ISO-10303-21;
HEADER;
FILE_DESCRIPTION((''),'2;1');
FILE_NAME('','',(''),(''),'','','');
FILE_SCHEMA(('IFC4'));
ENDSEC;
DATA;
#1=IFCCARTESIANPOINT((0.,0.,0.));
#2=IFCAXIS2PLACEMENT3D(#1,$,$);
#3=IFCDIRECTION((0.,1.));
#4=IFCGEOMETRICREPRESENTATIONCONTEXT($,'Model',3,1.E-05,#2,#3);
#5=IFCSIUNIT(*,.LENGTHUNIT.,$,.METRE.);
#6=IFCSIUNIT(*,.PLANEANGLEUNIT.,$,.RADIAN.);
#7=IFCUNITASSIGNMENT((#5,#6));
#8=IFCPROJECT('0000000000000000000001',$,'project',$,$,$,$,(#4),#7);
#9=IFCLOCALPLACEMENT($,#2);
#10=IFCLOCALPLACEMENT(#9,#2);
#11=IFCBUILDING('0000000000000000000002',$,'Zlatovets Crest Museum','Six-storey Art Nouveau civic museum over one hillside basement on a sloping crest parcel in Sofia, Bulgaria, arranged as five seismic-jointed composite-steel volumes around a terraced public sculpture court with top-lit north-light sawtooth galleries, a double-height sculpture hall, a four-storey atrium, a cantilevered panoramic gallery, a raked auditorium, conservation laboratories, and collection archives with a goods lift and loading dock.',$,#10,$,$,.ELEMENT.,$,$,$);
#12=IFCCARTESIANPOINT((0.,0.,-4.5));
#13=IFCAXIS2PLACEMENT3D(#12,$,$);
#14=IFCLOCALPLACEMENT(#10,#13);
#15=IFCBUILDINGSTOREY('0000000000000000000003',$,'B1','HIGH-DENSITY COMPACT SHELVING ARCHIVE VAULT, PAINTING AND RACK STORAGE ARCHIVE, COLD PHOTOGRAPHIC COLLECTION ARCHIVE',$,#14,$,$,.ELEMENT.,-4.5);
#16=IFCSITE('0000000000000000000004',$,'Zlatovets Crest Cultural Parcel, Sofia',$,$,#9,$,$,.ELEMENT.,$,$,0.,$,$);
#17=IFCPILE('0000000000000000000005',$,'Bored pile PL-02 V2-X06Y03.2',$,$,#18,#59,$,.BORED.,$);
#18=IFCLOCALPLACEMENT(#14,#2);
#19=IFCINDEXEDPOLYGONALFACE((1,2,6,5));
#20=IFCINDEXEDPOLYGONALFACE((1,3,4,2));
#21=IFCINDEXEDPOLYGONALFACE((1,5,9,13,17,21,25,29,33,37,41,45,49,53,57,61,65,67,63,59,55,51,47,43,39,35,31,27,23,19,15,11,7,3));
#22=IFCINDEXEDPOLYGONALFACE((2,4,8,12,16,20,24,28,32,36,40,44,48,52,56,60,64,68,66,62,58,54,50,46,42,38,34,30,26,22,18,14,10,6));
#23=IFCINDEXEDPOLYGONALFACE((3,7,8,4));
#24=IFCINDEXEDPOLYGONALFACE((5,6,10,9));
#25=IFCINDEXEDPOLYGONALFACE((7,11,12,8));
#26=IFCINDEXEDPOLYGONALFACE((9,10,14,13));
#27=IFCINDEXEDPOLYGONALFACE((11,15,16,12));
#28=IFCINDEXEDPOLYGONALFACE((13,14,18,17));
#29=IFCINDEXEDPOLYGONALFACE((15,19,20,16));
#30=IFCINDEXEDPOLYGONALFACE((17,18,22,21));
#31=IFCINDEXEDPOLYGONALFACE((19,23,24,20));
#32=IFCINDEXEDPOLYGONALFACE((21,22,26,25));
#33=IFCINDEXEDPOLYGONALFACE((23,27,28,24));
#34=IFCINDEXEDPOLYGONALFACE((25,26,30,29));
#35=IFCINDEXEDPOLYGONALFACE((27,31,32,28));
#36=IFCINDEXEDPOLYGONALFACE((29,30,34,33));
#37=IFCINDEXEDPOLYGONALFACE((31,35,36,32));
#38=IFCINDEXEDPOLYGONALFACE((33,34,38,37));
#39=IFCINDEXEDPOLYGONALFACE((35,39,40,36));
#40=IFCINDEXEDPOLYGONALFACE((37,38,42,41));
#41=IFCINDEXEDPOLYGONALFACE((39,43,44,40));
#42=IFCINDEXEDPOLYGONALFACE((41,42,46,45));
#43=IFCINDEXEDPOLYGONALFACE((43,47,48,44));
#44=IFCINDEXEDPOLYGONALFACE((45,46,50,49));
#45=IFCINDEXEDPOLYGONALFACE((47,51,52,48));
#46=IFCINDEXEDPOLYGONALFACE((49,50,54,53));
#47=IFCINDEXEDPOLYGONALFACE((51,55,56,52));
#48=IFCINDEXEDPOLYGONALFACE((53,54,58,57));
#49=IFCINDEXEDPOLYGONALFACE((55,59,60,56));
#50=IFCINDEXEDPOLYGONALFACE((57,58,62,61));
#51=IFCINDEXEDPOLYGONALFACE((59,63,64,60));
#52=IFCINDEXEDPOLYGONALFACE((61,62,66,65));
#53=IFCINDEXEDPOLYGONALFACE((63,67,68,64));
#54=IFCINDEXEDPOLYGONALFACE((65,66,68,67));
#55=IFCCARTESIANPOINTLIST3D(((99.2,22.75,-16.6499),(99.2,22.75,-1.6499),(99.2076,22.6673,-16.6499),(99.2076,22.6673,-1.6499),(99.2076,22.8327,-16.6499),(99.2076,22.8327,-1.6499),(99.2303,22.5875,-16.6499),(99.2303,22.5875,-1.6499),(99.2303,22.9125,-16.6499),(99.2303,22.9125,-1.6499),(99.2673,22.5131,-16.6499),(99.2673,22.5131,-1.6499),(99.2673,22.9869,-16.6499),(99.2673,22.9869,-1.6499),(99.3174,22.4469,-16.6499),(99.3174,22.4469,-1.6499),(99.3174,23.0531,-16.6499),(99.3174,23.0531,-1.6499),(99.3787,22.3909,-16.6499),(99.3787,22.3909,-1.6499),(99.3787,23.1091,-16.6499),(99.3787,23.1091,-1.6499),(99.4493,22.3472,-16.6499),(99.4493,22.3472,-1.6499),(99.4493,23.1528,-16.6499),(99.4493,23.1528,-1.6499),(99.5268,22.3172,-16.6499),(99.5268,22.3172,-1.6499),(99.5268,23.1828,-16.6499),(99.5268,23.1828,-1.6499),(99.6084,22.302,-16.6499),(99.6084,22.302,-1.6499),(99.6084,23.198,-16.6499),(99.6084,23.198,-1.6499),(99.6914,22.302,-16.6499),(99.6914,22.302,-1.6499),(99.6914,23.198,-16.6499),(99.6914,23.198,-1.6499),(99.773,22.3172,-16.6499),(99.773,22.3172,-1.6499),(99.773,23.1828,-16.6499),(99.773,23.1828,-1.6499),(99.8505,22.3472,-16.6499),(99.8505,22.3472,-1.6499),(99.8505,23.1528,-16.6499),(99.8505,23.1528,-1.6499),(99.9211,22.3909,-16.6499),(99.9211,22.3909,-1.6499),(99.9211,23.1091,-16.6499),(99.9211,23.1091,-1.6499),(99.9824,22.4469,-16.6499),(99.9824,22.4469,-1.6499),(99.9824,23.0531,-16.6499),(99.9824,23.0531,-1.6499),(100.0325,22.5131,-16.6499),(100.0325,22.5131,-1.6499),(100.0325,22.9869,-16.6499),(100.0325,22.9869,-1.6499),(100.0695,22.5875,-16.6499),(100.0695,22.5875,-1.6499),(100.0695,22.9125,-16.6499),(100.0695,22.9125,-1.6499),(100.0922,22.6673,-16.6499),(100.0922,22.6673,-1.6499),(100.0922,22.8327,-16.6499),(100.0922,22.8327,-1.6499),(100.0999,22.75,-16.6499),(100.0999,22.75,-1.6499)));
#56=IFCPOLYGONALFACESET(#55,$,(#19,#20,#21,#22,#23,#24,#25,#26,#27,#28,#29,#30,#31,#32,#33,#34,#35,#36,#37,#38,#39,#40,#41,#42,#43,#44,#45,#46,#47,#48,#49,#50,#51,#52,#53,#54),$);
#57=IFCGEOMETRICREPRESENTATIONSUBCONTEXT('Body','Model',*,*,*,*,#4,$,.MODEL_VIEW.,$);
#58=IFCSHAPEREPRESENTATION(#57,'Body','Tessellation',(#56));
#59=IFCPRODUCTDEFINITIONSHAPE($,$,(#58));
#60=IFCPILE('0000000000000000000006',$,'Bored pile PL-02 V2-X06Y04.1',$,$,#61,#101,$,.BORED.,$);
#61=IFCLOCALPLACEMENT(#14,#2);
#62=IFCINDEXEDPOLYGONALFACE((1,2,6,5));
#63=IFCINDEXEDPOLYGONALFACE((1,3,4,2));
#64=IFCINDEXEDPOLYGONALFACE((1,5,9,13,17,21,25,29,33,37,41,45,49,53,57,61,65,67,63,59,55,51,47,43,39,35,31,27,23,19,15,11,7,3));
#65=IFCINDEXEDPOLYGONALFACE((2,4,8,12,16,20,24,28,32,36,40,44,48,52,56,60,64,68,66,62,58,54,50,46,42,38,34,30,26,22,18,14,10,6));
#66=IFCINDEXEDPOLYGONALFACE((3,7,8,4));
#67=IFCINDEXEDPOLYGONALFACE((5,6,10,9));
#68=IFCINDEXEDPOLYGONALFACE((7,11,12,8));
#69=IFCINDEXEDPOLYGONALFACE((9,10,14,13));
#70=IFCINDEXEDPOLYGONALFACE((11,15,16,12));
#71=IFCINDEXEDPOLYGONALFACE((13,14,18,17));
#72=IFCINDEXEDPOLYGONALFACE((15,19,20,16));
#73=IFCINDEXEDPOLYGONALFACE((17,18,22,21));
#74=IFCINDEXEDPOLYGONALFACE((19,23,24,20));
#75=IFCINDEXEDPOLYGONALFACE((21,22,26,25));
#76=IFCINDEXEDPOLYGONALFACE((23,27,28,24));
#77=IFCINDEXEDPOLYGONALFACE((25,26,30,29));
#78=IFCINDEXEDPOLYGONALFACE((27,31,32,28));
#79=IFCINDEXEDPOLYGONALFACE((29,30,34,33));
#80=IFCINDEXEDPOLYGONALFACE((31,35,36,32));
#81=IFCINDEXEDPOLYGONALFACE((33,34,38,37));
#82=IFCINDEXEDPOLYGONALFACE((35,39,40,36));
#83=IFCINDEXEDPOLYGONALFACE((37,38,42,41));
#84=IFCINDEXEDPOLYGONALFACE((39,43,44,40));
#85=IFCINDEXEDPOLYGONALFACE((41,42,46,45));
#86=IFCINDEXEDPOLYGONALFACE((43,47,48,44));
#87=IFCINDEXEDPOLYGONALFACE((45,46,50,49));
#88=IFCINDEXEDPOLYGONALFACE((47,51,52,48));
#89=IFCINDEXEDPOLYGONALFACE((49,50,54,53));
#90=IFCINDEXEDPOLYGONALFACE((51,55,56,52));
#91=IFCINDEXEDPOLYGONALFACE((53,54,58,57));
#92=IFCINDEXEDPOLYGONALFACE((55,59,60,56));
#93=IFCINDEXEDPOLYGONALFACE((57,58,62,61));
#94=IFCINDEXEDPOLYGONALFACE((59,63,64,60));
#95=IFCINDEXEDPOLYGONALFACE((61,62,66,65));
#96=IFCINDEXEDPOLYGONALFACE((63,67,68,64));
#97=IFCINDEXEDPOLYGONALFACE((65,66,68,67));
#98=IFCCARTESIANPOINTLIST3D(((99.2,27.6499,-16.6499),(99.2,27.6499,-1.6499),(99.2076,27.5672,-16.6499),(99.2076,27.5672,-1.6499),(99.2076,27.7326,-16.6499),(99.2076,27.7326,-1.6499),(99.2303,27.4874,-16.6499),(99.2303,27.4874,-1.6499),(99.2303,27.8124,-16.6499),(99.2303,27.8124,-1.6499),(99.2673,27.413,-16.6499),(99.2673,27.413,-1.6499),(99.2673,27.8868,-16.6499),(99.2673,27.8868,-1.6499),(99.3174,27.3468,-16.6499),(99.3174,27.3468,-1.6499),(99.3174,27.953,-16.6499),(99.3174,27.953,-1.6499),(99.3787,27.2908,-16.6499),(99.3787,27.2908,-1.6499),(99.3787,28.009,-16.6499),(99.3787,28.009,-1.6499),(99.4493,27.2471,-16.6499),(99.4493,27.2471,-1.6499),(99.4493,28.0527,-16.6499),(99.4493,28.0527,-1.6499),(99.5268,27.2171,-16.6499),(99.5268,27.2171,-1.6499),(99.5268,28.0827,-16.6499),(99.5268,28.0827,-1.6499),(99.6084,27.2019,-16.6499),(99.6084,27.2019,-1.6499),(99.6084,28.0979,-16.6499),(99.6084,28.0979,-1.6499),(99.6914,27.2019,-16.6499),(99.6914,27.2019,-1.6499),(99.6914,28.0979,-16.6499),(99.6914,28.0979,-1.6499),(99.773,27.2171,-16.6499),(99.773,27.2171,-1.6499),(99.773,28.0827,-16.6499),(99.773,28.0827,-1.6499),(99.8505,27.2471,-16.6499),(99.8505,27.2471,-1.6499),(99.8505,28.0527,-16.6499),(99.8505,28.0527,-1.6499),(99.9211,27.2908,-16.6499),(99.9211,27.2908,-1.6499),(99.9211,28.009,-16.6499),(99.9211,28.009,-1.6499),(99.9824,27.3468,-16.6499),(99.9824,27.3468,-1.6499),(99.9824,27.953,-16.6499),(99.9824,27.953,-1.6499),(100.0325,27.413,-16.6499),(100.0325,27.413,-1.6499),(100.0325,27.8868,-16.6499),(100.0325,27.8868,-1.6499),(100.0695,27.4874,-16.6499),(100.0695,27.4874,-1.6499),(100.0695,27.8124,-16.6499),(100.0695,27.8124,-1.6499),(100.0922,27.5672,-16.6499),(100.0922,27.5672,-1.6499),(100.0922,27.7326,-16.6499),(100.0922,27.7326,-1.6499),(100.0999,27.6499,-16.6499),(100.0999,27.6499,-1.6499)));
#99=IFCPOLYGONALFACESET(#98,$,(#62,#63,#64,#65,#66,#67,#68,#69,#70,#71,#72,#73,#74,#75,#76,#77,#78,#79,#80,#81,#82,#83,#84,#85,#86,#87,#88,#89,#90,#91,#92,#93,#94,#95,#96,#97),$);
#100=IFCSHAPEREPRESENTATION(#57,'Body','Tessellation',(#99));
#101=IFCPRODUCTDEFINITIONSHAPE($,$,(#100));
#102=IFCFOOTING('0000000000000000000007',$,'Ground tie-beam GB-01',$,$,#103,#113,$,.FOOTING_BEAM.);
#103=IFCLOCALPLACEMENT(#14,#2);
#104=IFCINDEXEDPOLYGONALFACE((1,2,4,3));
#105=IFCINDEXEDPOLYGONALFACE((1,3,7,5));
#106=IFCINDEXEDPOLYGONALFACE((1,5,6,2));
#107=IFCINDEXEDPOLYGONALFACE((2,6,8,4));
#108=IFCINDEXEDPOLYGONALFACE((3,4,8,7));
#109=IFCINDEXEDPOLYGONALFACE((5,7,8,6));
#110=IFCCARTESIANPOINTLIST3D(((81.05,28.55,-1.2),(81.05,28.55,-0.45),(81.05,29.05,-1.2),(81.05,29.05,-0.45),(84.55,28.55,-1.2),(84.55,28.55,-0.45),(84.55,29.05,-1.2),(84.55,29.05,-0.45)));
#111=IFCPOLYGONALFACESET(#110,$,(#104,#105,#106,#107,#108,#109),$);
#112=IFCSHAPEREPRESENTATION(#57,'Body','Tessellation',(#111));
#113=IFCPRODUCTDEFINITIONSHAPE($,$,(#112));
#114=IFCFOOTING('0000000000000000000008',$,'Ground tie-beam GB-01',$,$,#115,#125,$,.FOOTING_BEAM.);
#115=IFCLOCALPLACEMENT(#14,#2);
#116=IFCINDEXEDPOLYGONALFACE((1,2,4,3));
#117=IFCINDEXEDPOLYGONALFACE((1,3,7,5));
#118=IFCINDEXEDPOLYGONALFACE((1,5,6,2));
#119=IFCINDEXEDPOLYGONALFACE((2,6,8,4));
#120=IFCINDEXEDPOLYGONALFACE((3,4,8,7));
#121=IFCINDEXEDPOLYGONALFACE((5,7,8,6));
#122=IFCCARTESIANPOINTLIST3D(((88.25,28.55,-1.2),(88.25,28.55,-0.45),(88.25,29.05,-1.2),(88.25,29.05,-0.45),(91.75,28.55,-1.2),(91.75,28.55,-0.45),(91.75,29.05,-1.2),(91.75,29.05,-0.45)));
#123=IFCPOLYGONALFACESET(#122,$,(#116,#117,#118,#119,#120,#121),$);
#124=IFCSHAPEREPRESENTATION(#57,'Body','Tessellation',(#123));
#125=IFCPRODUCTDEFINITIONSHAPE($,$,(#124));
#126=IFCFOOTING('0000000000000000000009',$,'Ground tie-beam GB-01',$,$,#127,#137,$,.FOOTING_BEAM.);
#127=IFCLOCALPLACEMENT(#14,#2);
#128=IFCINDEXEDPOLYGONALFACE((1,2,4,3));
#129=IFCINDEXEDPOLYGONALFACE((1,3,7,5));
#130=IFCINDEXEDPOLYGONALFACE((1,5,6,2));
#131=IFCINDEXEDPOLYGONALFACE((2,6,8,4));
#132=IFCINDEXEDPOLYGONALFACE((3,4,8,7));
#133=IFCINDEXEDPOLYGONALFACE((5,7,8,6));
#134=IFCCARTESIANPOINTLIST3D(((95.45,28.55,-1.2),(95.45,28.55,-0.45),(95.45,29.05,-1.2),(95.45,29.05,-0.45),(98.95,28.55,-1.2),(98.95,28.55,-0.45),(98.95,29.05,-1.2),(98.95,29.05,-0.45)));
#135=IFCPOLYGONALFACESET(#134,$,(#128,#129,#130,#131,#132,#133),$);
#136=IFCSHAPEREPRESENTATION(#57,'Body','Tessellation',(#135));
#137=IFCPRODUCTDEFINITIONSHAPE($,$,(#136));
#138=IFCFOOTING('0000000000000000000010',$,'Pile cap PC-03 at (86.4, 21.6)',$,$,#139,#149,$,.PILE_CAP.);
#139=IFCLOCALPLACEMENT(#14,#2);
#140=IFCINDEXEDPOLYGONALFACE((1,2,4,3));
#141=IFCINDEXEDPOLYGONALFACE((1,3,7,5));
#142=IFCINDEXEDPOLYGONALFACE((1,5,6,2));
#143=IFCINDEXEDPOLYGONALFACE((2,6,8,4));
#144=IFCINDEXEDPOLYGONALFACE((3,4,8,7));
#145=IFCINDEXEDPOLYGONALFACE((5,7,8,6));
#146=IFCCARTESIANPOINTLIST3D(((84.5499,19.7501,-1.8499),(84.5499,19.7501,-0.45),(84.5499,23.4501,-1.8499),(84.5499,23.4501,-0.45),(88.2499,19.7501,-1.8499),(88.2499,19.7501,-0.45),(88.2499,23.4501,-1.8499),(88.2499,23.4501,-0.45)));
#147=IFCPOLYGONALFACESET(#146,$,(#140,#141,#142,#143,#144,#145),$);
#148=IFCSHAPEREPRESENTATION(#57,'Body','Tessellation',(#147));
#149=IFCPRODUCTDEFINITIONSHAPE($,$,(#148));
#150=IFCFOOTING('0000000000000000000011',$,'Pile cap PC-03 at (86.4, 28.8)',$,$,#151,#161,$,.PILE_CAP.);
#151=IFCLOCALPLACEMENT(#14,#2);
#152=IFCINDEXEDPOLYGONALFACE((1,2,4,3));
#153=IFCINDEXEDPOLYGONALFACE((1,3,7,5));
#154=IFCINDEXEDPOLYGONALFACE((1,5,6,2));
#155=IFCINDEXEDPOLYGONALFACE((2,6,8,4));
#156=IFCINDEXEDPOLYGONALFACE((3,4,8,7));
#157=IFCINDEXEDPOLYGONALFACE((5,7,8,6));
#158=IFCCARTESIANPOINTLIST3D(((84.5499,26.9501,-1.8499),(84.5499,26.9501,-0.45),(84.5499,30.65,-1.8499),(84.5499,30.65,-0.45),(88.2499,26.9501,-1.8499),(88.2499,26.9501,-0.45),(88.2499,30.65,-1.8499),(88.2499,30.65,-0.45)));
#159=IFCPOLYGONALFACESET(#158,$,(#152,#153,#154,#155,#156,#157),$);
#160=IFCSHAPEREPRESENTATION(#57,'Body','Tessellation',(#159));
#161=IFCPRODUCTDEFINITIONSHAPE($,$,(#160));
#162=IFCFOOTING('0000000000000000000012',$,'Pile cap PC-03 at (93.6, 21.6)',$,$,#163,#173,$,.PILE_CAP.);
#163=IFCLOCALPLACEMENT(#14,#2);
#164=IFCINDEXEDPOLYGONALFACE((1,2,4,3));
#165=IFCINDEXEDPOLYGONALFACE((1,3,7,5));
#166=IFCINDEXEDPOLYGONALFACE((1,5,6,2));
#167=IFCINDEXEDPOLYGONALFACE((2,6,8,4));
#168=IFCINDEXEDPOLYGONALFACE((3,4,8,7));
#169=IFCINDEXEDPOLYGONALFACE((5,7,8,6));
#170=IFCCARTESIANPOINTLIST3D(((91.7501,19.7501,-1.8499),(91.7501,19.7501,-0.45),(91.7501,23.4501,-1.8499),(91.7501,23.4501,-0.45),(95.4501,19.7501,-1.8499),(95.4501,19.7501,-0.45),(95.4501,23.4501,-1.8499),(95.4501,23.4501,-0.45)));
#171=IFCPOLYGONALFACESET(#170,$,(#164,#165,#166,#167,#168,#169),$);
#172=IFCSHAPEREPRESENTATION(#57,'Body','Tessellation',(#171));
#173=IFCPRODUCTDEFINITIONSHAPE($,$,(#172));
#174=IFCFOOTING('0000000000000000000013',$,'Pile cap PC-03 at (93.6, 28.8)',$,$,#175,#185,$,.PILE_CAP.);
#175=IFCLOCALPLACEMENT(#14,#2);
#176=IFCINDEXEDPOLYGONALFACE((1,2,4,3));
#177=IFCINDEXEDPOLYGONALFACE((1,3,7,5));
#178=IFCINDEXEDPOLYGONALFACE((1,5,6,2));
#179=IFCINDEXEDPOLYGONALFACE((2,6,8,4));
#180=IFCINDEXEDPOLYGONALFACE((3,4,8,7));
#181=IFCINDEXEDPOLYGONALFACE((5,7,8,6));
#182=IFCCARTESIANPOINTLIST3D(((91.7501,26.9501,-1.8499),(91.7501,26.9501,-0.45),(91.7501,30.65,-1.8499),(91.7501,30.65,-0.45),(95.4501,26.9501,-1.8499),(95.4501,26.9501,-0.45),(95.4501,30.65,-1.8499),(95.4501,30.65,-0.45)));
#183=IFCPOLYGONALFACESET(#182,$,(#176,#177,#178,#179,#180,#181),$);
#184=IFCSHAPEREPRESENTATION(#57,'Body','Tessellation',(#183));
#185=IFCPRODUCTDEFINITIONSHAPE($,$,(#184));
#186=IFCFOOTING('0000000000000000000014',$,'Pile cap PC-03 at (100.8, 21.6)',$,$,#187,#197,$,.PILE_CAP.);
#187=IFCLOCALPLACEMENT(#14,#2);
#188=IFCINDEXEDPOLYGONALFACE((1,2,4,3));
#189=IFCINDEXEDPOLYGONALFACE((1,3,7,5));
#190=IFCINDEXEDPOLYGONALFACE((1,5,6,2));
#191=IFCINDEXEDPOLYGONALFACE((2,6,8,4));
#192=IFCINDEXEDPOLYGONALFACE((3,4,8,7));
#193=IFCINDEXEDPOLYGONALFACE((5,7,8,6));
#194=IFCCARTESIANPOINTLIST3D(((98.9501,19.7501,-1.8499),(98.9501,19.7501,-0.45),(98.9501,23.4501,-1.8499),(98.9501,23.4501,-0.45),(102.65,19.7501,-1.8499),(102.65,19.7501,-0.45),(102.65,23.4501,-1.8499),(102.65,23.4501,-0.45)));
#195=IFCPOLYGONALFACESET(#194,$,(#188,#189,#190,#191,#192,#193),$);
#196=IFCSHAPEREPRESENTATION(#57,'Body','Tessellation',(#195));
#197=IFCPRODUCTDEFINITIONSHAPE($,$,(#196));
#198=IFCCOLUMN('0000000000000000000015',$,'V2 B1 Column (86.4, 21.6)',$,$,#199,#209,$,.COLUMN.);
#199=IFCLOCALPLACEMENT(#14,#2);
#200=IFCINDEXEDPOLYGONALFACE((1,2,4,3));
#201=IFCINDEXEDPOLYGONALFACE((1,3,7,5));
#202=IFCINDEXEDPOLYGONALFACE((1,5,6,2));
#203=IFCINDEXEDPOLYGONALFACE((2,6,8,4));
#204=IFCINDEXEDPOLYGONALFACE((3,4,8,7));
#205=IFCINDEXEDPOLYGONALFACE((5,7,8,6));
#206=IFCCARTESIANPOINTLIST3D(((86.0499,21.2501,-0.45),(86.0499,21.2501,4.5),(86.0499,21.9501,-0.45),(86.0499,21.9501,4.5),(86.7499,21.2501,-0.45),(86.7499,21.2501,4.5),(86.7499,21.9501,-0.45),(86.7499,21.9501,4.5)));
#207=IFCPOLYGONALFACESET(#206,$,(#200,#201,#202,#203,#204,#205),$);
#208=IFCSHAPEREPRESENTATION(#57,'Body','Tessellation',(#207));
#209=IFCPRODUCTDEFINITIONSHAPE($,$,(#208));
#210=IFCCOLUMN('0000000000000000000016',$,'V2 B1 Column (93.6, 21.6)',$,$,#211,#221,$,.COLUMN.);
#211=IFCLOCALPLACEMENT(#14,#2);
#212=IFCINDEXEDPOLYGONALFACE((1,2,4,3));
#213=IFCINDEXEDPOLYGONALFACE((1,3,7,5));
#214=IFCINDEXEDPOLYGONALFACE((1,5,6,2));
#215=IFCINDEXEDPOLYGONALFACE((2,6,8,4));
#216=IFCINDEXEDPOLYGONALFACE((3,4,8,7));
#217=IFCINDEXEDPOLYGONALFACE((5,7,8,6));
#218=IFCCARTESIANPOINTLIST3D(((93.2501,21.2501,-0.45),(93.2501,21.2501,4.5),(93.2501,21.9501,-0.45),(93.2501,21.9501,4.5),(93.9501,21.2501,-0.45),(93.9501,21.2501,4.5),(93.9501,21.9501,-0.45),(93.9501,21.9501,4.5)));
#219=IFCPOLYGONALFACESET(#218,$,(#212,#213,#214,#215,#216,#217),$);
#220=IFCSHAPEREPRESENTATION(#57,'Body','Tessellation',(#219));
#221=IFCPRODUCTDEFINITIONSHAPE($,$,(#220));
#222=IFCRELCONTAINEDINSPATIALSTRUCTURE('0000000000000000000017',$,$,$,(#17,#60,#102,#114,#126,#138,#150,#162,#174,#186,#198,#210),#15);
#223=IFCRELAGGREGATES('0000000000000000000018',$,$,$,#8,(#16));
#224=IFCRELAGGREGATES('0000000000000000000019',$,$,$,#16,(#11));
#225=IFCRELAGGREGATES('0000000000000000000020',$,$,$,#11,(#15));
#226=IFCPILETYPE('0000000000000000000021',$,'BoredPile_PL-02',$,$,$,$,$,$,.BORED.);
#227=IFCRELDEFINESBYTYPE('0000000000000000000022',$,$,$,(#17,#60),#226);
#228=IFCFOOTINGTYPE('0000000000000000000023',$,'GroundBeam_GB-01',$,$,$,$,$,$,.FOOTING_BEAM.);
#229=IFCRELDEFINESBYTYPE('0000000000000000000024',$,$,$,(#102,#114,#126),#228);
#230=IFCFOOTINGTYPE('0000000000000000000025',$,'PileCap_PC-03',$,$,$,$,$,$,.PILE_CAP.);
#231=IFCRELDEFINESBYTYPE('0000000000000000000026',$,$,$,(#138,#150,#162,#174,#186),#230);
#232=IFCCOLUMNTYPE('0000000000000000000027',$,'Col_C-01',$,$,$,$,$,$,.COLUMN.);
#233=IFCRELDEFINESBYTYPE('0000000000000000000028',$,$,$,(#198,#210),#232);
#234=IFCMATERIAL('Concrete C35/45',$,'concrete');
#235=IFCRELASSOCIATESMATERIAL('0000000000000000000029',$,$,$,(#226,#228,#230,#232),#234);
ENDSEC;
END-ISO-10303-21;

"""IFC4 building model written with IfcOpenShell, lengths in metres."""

from ifc_helpers import new_model, si_unit, direction, frame, origin, origin_2d, place, context, subcontext, project, spatial, rectangle, circle, extrude, material, material_profile, profile_set, type_object, element, save


model = new_model("IFC4")

# Units and contexts
model_context = context("Model", 3, precision=1e-05, world=origin(), true_north=direction((0.0, 1.0)))
body_context = subcontext(model_context, "Body", "Model", "MODEL_VIEW")
ifc_project = project(units=[si_unit("LENGTHUNIT", "METRE"), si_unit("PLANEANGLEUNIT", "RADIAN")], contexts=[model_context])

# Site, building, storey
site_placement = place(None, origin())
site = spatial("IfcSite", under=ifc_project, at=site_placement, Name="Zlatovets Crest Cultural Parcel, Sofia", CompositionType="ELEMENT", RefElevation=0.0)
building_placement = place(site_placement, origin())
building = spatial("IfcBuilding", under=site, at=building_placement, Name="Zlatovets Crest Museum", Description="Six-storey Art Nouveau civic museum over one hillside basement on a sloping crest parcel in Sofia, Bulgaria, arranged as five seismic-jointed composite-steel volumes around a terraced public sculpture court with top-lit north-light sawtooth galleries, a double-height sculpture hall, a four-storey atrium, a cantilevered panoramic gallery, a raked auditorium, conservation laboratories, and collection archives with a goods lift and loading dock.", CompositionType="ELEMENT")
storey_placement = place(building_placement, frame((0.0, 0.0, -4.5)))
storey = spatial("IfcBuildingStorey", under=building, at=storey_placement, Name="B1", Description="HIGH-DENSITY COMPACT SHELVING ARCHIVE VAULT, PAINTING AND RACK STORAGE ARCHIVE, COLD PHOTOGRAPHIC COLLECTION ARCHIVE", CompositionType="ELEMENT", Elevation=-4.5)

# Piles
ifc_material = material(Name="Concrete C35/45", Category="concrete")
ifc_material_profile_1 = material_profile(ifc_material, circle(Radius=0.45, at=origin_2d()), Name="PILE D900")
ifc_profile_set_1 = profile_set([ifc_material_profile_1], Name="Concrete C35/45")
pile_type = type_object("IfcPileType", Name="BoredPile_PL-02", PredefinedType="BORED", material=ifc_profile_set_1)
for number, where, z_axis, x_axis, name in (
    (1, (99.6499, 22.75, -1.6499), (0.0, 0.0, -1.0), (1.0, 0.0, 0.0), "Bored pile PL-02 V2-X06Y03.2"),
    (2, (99.6499, 27.6499, -1.6499), (0.0, 0.0, -1.0), (1.0, 0.0, 0.0), "Bored pile PL-02 V2-X06Y04.1"),
):
    element("IfcPile", number, at=place(storey_placement, frame(where, z_axis=z_axis, x_axis=x_axis)), inside=storey, type_object=pile_type, Name=name, PredefinedType="BORED", context=body_context, shape_type="SweptSolid", body=[
        extrude(circle(Radius=0.45, at=origin_2d()), origin(), (0.0, 0.0, 1.0), 15.0),
    ])

# Footings
ifc_material_profile_2 = material_profile(ifc_material, rectangle(XDim=0.5, YDim=0.75, at=origin_2d()), Name="RC 500x750")
ifc_profile_set_2 = profile_set([ifc_material_profile_2], Name="Concrete C35/45")
footing_type_1 = type_object("IfcFootingType", Name="GroundBeam_GB-01", PredefinedType="FOOTING_BEAM", material=ifc_profile_set_2)
for number, where, z_axis, x_axis, name in (
    (3, (81.05, 28.8, -0.825), (1.0, 0.0, 0.0), (0.0, 1.0, 0.0), "Ground tie-beam GB-01"),
    (4, (88.25, 28.8, -0.825), (1.0, 0.0, 0.0), (0.0, 1.0, 0.0), "Ground tie-beam GB-01"),
    (5, (95.45, 28.8, -0.825), (1.0, 0.0, 0.0), (0.0, 1.0, 0.0), "Ground tie-beam GB-01"),
):
    element("IfcFooting", number, at=place(storey_placement, frame(where, z_axis=z_axis, x_axis=x_axis)), inside=storey, type_object=footing_type_1, Name=name, PredefinedType="FOOTING_BEAM", context=body_context, shape_type="SweptSolid", body=[
        extrude(rectangle(XDim=0.5, YDim=0.75, at=origin_2d()), origin(), (0.0, 0.0, 1.0), 3.5),
    ])
footing_type_2 = type_object("IfcFootingType", Name="PileCap_PC-03", PredefinedType="PILE_CAP", material=ifc_material)
for number, where, z_axis, x_axis, name in (
    (6, (86.3999, 21.6001, -1.8499), (0.0, 0.0, 1.0), (1.0, 0.0, 0.0), "Pile cap PC-03 at (86.4, 21.6)"),
    (7, (86.3999, 28.8, -1.8499), (0.0, 0.0, 1.0), (1.0, 0.0, 0.0), "Pile cap PC-03 at (86.4, 28.8)"),
    (8, (93.6001, 21.6001, -1.8499), (0.0, 0.0, 1.0), (1.0, 0.0, 0.0), "Pile cap PC-03 at (93.6, 21.6)"),
    (9, (93.6001, 28.8, -1.8499), (0.0, 0.0, 1.0), (1.0, 0.0, 0.0), "Pile cap PC-03 at (93.6, 28.8)"),
    (10, (100.8, 21.6001, -1.8499), (0.0, 0.0, 1.0), (1.0, 0.0, 0.0), "Pile cap PC-03 at (100.8, 21.6)"),
):
    element("IfcFooting", number, at=place(storey_placement, frame(where, z_axis=z_axis, x_axis=x_axis)), inside=storey, type_object=footing_type_2, Name=name, PredefinedType="PILE_CAP", context=body_context, shape_type="SweptSolid", body=[
        extrude(rectangle(XDim=3.7, YDim=3.7, at=origin_2d()), origin(), (0.0, 0.0, 1.0), 1.3999),
    ])

# Columns
ifc_material_profile_3 = material_profile(ifc_material, rectangle(XDim=0.7, YDim=0.7, at=origin_2d()), Name="RC 700x700")
ifc_profile_set_3 = profile_set([ifc_material_profile_3], Name="Concrete C35/45")
column_type_1 = type_object("IfcColumnType", Name="Col_C-01", PredefinedType="COLUMN", material=ifc_profile_set_3)
for number, where, z_axis, x_axis, name in (
    (11, (86.3999, 21.6001, -0.45), (0.0, 0.0, 1.0), (0.0, 1.0, 0.0), "V2 B1 Column (86.4, 21.6)"),
    (12, (93.6001, 21.6001, -0.45), (0.0, 0.0, 1.0), (1.0, 0.0, 0.0), "V2 B1 Column (93.6, 21.6)"),
):
    element("IfcColumn", number, at=place(storey_placement, frame(where, z_axis=z_axis, x_axis=x_axis)), inside=storey, type_object=column_type_1, Name=name, PredefinedType="COLUMN", context=body_context, shape_type="SweptSolid", body=[
        extrude(rectangle(XDim=0.7, YDim=0.7, at=origin_2d()), origin(), (0.0, 0.0, 1.0), 4.95),
    ])

save(model, "model.ifc")
